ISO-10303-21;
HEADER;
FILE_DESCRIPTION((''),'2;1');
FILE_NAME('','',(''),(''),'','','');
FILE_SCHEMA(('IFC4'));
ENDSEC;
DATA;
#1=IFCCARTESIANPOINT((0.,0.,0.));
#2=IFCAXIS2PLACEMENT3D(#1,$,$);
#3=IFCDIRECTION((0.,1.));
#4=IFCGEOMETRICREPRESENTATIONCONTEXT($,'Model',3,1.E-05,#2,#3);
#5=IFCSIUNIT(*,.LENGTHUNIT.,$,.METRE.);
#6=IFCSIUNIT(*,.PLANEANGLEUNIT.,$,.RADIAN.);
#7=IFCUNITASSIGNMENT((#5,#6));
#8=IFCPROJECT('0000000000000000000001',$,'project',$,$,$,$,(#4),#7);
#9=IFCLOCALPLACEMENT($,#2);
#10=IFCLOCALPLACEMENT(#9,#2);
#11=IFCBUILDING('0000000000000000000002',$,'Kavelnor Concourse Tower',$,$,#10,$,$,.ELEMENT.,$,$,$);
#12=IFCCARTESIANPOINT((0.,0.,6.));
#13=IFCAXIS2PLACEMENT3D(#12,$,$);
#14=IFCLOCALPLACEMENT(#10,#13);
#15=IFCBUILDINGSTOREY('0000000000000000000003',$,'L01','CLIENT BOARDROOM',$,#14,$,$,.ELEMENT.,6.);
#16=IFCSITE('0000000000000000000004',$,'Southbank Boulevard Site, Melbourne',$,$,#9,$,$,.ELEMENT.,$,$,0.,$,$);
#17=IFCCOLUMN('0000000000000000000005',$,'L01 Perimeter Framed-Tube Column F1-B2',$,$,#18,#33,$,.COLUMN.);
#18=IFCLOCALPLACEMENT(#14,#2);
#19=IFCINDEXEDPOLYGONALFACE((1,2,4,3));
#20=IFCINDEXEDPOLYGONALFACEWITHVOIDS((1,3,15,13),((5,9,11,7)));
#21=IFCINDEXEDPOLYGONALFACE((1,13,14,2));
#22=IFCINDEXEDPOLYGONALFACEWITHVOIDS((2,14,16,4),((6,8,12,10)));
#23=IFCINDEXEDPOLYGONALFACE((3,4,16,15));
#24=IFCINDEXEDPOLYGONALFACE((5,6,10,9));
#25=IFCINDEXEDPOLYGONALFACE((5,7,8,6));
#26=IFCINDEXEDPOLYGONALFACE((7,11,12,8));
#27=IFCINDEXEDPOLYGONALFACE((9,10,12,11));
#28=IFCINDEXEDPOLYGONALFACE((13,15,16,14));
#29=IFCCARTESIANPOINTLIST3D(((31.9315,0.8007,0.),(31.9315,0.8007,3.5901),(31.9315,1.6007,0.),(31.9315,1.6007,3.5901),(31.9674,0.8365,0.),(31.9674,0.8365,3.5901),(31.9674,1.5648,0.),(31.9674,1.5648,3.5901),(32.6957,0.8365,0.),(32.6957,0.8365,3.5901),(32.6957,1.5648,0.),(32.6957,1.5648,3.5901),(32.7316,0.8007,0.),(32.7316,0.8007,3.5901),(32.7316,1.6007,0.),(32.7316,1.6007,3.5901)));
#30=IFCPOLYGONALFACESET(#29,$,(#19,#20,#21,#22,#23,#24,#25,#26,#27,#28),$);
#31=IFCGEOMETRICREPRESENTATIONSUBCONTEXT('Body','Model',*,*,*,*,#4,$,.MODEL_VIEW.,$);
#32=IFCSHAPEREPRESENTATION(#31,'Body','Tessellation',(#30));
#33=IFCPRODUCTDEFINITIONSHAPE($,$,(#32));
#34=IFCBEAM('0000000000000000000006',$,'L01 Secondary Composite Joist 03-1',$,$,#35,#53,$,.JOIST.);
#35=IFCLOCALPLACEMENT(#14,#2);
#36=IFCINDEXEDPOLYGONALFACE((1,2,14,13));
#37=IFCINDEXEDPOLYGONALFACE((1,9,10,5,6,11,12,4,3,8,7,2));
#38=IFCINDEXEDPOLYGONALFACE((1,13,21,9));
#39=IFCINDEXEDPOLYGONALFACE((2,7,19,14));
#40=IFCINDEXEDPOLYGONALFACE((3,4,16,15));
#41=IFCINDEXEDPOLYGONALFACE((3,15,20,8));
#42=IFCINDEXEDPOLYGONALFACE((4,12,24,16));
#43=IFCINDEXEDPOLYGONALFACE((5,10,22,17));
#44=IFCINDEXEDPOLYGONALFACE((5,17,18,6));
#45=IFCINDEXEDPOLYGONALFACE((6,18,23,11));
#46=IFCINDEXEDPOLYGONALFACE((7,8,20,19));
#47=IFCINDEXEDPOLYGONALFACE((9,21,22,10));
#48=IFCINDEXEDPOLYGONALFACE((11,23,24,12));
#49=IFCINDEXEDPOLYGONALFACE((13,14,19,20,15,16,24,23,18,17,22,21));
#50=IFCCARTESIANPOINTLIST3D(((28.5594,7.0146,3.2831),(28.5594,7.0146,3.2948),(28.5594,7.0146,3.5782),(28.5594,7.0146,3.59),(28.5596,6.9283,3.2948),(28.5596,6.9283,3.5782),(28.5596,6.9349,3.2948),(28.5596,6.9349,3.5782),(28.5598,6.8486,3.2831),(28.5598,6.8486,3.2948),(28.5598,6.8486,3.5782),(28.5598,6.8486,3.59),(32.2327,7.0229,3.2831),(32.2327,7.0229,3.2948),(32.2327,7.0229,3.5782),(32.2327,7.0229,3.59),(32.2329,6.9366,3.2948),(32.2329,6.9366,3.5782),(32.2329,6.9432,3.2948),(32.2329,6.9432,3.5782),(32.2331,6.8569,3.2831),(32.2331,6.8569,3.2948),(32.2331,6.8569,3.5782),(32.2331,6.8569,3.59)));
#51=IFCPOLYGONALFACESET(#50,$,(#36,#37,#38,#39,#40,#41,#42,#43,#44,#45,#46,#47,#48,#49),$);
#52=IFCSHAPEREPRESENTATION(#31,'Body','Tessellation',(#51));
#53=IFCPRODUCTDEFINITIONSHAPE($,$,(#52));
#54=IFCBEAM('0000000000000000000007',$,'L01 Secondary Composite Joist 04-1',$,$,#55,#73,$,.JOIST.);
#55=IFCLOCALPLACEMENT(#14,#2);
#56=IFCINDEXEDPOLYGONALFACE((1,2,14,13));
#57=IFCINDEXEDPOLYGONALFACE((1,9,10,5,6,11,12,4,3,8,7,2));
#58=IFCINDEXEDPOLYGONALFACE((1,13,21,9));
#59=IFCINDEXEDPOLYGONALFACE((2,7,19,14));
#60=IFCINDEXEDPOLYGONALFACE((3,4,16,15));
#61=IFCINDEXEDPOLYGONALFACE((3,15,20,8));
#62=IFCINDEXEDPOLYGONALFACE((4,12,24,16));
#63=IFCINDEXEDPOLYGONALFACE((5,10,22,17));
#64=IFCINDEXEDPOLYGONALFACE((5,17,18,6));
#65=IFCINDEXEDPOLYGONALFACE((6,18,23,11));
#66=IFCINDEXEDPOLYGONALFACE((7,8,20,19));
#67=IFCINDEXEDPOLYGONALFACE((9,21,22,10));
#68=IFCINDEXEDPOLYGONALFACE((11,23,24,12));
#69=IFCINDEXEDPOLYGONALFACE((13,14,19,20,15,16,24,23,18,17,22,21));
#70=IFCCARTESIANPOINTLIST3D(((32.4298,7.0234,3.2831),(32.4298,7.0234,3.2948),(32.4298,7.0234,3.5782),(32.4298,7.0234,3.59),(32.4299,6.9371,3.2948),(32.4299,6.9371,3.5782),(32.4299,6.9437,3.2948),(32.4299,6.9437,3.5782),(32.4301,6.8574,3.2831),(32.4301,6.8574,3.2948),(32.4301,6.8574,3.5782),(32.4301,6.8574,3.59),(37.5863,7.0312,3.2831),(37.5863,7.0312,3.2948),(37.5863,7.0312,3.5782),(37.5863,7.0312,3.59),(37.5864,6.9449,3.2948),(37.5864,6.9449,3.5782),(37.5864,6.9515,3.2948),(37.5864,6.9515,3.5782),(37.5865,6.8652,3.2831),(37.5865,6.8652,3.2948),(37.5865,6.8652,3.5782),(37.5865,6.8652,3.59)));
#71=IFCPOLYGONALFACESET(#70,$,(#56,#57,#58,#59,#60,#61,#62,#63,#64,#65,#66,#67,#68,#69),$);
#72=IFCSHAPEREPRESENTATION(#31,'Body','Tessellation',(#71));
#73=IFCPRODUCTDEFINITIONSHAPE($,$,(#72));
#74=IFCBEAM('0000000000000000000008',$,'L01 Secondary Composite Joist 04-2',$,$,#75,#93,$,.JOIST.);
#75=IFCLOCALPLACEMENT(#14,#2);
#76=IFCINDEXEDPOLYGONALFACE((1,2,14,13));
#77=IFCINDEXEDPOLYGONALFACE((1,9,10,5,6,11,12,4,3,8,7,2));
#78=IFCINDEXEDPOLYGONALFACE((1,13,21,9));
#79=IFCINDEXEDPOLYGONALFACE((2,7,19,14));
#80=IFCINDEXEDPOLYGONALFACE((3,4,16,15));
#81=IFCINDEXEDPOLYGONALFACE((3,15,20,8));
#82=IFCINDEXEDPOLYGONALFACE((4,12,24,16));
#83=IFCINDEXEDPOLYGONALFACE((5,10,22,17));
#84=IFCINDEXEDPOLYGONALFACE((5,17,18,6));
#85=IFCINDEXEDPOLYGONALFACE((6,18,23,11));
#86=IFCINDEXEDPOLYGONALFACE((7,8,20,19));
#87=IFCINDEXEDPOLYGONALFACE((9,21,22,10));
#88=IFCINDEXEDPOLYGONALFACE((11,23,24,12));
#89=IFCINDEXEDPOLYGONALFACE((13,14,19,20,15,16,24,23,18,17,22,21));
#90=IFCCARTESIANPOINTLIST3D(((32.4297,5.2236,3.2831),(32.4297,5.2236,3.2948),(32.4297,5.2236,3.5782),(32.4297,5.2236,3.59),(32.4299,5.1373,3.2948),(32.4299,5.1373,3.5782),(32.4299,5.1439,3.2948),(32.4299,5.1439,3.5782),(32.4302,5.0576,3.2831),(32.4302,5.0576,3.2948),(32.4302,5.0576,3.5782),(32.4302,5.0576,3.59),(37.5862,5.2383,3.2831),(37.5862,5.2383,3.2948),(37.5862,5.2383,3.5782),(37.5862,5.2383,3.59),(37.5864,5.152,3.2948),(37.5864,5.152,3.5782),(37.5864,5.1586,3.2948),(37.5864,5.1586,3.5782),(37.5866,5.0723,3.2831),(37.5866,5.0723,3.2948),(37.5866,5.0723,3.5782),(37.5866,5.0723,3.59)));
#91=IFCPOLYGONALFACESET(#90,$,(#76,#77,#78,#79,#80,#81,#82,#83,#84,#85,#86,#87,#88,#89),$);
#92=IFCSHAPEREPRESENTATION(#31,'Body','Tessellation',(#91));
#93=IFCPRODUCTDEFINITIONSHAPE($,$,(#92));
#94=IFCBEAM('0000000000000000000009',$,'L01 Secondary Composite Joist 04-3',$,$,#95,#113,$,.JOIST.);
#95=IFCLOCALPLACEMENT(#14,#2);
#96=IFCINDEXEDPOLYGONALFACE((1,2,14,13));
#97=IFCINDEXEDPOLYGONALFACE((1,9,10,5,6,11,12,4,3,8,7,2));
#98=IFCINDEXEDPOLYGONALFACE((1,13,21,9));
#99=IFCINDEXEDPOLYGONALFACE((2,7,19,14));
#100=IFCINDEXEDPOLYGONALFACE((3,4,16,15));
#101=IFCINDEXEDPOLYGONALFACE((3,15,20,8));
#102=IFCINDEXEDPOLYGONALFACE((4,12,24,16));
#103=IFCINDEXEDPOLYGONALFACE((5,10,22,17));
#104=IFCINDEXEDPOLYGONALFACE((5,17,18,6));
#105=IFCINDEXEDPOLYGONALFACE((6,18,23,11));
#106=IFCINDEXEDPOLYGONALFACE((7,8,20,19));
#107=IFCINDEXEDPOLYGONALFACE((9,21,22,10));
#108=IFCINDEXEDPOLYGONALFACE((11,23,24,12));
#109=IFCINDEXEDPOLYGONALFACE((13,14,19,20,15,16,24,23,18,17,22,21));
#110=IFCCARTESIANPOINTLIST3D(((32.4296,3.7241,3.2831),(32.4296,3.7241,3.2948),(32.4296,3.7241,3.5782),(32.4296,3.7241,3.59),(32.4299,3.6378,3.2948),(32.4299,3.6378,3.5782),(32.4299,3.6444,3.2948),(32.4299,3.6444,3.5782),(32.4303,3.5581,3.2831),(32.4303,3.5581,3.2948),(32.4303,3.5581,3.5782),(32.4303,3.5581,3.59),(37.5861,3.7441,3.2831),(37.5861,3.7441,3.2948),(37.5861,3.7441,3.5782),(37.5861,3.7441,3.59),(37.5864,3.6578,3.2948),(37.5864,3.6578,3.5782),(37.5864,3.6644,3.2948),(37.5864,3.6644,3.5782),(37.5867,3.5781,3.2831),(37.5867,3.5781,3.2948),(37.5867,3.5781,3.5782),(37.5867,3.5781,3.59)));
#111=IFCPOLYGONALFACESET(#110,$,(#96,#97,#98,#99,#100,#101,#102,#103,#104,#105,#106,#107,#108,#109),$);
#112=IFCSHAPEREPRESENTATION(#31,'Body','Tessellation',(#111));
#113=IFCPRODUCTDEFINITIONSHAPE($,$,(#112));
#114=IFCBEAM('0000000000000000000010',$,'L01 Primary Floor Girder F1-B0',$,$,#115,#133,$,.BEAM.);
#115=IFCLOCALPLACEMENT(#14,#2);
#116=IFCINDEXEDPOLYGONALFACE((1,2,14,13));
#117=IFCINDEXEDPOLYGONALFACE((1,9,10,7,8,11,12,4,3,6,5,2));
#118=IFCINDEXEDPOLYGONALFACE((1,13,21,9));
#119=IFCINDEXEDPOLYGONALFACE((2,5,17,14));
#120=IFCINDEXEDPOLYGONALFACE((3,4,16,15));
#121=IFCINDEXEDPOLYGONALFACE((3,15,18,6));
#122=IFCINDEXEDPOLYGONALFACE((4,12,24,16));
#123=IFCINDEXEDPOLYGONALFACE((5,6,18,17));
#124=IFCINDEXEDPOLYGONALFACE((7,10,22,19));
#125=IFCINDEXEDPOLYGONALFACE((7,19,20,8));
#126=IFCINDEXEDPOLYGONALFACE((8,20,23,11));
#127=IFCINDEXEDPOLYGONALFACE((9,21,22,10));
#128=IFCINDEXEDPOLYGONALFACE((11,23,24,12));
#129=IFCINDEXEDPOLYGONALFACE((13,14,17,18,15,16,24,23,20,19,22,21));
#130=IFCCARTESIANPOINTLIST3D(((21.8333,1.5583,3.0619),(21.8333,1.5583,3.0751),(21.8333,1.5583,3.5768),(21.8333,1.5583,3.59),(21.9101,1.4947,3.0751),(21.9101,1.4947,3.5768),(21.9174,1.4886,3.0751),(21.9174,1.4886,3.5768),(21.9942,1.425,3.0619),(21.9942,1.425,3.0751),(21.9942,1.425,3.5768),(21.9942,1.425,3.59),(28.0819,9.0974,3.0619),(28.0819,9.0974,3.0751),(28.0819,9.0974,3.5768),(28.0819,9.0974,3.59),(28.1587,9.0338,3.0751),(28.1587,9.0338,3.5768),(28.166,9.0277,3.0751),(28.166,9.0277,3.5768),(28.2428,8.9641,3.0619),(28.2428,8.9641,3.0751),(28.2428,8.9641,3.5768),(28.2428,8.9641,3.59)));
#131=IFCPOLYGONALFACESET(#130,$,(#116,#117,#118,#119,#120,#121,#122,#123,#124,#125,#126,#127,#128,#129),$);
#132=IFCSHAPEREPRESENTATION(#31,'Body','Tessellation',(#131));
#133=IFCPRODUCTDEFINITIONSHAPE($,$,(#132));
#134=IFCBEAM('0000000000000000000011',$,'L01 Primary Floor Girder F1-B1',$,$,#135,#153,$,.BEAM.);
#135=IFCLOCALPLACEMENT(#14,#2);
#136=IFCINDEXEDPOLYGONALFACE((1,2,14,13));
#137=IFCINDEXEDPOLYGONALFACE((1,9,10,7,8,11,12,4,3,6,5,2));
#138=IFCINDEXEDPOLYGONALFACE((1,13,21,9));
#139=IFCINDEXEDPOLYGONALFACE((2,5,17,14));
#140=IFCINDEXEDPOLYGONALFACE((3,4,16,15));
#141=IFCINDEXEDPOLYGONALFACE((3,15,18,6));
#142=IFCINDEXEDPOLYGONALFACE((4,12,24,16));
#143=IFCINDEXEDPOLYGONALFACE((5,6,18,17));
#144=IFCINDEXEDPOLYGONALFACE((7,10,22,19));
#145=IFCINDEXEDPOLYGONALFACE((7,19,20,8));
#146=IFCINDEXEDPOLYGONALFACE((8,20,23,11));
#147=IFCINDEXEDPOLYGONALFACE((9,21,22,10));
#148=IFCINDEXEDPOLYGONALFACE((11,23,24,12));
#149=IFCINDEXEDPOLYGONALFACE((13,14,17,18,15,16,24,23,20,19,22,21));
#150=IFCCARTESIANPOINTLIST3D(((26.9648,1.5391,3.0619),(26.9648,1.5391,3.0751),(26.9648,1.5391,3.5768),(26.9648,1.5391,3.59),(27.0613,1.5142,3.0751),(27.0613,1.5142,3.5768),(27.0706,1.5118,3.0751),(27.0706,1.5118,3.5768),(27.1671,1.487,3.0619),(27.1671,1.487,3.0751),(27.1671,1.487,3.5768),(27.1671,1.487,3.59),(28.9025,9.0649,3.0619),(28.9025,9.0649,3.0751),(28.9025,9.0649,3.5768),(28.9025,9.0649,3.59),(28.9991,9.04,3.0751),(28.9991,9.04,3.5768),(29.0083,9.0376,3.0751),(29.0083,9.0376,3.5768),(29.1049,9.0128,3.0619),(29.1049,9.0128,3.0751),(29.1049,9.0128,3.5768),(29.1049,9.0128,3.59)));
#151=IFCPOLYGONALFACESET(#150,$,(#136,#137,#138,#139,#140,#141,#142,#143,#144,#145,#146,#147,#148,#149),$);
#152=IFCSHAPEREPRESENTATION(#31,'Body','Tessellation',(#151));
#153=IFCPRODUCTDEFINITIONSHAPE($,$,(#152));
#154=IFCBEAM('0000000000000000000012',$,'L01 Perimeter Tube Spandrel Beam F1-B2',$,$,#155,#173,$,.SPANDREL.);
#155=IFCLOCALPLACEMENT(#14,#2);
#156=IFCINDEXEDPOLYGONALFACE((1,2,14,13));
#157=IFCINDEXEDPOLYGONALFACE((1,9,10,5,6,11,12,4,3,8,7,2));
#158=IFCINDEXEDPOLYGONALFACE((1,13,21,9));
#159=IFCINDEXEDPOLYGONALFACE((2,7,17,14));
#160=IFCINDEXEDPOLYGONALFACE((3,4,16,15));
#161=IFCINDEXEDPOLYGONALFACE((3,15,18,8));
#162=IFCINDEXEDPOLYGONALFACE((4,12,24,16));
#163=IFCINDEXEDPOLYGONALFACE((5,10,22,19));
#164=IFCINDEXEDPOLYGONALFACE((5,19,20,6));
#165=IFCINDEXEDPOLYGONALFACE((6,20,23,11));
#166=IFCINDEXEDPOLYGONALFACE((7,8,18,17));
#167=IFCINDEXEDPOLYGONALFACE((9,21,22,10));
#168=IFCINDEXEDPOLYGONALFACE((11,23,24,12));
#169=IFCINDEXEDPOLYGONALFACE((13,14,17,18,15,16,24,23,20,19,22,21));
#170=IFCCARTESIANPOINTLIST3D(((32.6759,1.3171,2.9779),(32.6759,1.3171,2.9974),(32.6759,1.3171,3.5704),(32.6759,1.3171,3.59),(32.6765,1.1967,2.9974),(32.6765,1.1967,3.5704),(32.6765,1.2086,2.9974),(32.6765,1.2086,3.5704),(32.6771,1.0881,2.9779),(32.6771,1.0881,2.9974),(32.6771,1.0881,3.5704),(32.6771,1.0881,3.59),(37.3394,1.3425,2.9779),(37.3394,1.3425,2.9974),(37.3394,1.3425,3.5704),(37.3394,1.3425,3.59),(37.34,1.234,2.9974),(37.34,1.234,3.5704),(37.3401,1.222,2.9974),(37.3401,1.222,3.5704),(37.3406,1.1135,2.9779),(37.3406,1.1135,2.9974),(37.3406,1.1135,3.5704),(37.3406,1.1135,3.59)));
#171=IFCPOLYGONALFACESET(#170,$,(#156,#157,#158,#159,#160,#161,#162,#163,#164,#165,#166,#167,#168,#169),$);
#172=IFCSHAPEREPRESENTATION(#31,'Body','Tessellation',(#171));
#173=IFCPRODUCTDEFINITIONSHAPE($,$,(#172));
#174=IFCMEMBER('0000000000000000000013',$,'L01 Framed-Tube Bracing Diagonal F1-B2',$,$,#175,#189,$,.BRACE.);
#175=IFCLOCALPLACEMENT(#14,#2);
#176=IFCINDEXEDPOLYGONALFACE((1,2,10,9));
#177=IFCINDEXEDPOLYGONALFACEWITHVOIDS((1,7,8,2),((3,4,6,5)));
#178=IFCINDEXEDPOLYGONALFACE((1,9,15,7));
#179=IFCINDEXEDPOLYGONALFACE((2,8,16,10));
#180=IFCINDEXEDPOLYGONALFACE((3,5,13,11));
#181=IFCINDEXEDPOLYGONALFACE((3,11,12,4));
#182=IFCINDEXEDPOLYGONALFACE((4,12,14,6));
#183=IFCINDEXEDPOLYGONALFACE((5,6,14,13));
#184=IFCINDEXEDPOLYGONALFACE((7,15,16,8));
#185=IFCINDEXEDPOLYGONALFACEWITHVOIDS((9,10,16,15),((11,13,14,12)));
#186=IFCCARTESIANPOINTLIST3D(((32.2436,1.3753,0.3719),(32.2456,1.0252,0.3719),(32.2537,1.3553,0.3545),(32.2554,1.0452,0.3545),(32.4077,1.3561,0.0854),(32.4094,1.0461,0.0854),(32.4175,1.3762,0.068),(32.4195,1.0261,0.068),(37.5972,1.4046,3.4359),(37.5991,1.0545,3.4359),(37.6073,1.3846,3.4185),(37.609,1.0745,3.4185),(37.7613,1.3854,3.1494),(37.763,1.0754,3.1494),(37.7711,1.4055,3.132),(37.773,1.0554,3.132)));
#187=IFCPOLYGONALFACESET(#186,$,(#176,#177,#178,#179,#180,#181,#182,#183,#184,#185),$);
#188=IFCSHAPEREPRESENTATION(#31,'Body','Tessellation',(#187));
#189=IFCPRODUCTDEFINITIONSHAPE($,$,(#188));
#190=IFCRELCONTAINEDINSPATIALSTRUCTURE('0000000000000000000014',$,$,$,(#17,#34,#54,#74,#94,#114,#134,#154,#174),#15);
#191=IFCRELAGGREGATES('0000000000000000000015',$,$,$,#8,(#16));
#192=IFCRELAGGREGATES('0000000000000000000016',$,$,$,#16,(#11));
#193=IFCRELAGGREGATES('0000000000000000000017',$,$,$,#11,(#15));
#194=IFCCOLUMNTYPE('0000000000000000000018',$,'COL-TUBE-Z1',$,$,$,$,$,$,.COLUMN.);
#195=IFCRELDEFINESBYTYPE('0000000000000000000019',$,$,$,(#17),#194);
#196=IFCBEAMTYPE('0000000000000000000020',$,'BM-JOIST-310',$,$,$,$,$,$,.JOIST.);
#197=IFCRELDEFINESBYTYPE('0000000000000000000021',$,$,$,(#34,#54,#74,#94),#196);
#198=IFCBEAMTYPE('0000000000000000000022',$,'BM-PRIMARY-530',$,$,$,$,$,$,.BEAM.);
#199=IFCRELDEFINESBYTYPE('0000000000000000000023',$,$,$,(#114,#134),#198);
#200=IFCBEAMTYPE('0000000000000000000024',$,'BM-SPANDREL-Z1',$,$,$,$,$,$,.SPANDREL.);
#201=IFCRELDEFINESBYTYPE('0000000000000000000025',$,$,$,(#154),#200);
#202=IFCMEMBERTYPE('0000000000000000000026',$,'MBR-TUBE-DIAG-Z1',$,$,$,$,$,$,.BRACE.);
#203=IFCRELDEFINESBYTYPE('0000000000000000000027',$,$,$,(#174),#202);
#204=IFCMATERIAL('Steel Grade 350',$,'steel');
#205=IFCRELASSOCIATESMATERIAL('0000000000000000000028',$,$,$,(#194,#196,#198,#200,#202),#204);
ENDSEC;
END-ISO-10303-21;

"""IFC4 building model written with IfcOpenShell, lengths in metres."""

from ifc_helpers import new_model, si_unit, direction, frame, origin, origin_2d, place, context, subcontext, project, spatial, hollow_rectangle, i_section, extrude, material, material_profile, profile_set, type_object, element, save


model = new_model("IFC4")

# Units and contexts
model_context = context("Model", 3, precision=1e-05, world=origin(), true_north=direction((0.0, 1.0)))
body_context = subcontext(model_context, "Body", "Model", "MODEL_VIEW")
ifc_project = project(units=[si_unit("LENGTHUNIT", "METRE"), si_unit("PLANEANGLEUNIT", "RADIAN")], contexts=[model_context])

# Site, building, storey
site_placement = place(None, origin())
site = spatial("IfcSite", under=ifc_project, at=site_placement, Name="Southbank Boulevard Site, Melbourne", CompositionType="ELEMENT", RefElevation=0.0)
building_placement = place(site_placement, origin())
building = spatial("IfcBuilding", under=site, at=building_placement, Name="Kavelnor Concourse Tower", CompositionType="ELEMENT")
storey_placement = place(building_placement, frame((0.0, 0.0, 6.0)))
storey = spatial("IfcBuildingStorey", under=building, at=storey_placement, Name="L01", Description="CLIENT BOARDROOM", CompositionType="ELEMENT", Elevation=6.0)

# Column
ifc_material = material(Name="Steel Grade 350", Category="steel")
ifc_material_profile_1 = material_profile(ifc_material, hollow_rectangle(XDim=0.8, YDim=0.8, WallThickness=0.0359, at=origin_2d()), Name="SHS 800x800x36")
ifc_profile_set_1 = profile_set([ifc_material_profile_1], Name="Steel Grade 350")
column_type = type_object("IfcColumnType", Name="COL-TUBE-Z1", PredefinedType="COLUMN", material=ifc_profile_set_1)
column_placement = place(storey_placement, frame((32.3315, 1.2007, 0.0), z_axis=(0.0, 0.0, 1.0), x_axis=(1.0, 0.0, 0.0)))
element("IfcColumn", 1, at=column_placement, inside=storey, type_object=column_type, Name="L01 Perimeter Framed-Tube Column F1-B2", PredefinedType="COLUMN", context=body_context, shape_type="SweptSolid", body=[
    extrude(hollow_rectangle(XDim=0.8, YDim=0.8, WallThickness=0.0359, at=origin_2d()), origin(), (0.0, 0.0, 1.0), 3.5901),
])

# Beams
ifc_material_profile_2 = material_profile(ifc_material, i_section(OverallWidth=0.166, OverallDepth=0.3069, WebThickness=0.0066, FlangeThickness=0.0117, at=origin_2d()), Name="310UB46")
ifc_profile_set_2 = profile_set([ifc_material_profile_2], Name="Steel Grade 350")
beam_type_1 = type_object("IfcBeamType", Name="BM-JOIST-310", PredefinedType="JOIST", material=ifc_profile_set_2)
beam_1_placement = place(storey_placement, frame((28.5596, 6.9316, 3.4365), z_axis=(0.999997, 0.00226, 0.0), x_axis=(-0.00226, 0.999997, 0.0)))
element("IfcBeam", 2, at=beam_1_placement, inside=storey, type_object=beam_type_1, Name="L01 Secondary Composite Joist 03-1", PredefinedType="JOIST", context=body_context, shape_type="SweptSolid", body=[
    extrude(i_section(OverallWidth=0.166, OverallDepth=0.3069, WebThickness=0.0066, FlangeThickness=0.0117, at=origin_2d()), origin(), (0.0, 0.0, 1.0), 3.6733),
])
for number, where, z_axis, x_axis, name in (
    (3, (32.4299, 6.9404, 3.4365), (0.999999, 0.001515, 0.0), (-0.001515, 0.999999, 0.0), "L01 Secondary Composite Joist 04-1"),
    (4, (32.4299, 5.1406, 3.4365), (0.999996, 0.002841, 0.0), (-0.002841, 0.999996, 0.0), "L01 Secondary Composite Joist 04-2"),
    (5, (32.4299, 3.6411, 3.4365), (0.999992, 0.003882, 0.0), (-0.003882, 0.999992, 0.0), "L01 Secondary Composite Joist 04-3"),
):
    element("IfcBeam", number, at=place(storey_placement, frame(where, z_axis=z_axis, x_axis=x_axis)), inside=storey, type_object=beam_type_1, Name=name, PredefinedType="JOIST", context=body_context, shape_type="SweptSolid", body=[
        extrude(i_section(OverallWidth=0.166, OverallDepth=0.3069, WebThickness=0.0066, FlangeThickness=0.0117, at=origin_2d()), origin(), (0.0, 0.0, 1.0), 5.1565),
    ])
ifc_material_profile_3 = material_profile(ifc_material, i_section(OverallWidth=0.209, OverallDepth=0.5281, WebThickness=0.0095, FlangeThickness=0.0132, at=origin_2d()), Name="530UB82")
ifc_profile_set_3 = profile_set([ifc_material_profile_3], Name="Steel Grade 350")
beam_type_2 = type_object("IfcBeamType", Name="BM-PRIMARY-530", PredefinedType="BEAM", material=ifc_profile_set_3)
beam_2_placement = place(storey_placement, frame((28.1624, 9.0308, 3.3259), z_axis=(-0.638132, -0.769927, 0.0), x_axis=(0.769927, -0.638132, 0.0)))
element("IfcBeam", 6, at=beam_2_placement, inside=storey, type_object=beam_type_2, Name="L01 Primary Floor Girder F1-B0", PredefinedType="BEAM", context=body_context, shape_type="SweptSolid", body=[
    extrude(i_section(OverallWidth=0.209, OverallDepth=0.5281, WebThickness=0.0095, FlangeThickness=0.0132, at=origin_2d()), origin(), (0.0, 0.0, 1.0), 9.792),
])
beam_3_placement = place(storey_placement, frame((29.0037, 9.0388, 3.3259), z_axis=(-0.249345, -0.968415, 0.0), x_axis=(0.968415, -0.249345, 0.0)))
element("IfcBeam", 7, at=beam_3_placement, inside=storey, type_object=beam_type_2, Name="L01 Primary Floor Girder F1-B1", PredefinedType="BEAM", context=body_context, shape_type="SweptSolid", body=[
    extrude(i_section(OverallWidth=0.209, OverallDepth=0.5281, WebThickness=0.0095, FlangeThickness=0.0132, at=origin_2d()), origin(), (0.0, 0.0, 1.0), 7.7712),
])
ifc_material_profile_4 = material_profile(ifc_material, i_section(OverallWidth=0.229, OverallDepth=0.6121, WebThickness=0.012, FlangeThickness=0.0195, at=origin_2d()), Name="610UB125")
ifc_profile_set_4 = profile_set([ifc_material_profile_4], Name="Steel Grade 350")
beam_type_3 = type_object("IfcBeamType", Name="BM-SPANDREL-Z1", PredefinedType="SPANDREL", material=ifc_profile_set_4)
beam_4_placement = place(storey_placement, frame((32.6765, 1.2026, 3.2839), z_axis=(0.999985, 0.005444, 0.0), x_axis=(-0.005444, 0.999985, 0.0)))
element("IfcBeam", 8, at=beam_4_placement, inside=storey, type_object=beam_type_3, Name="L01 Perimeter Tube Spandrel Beam F1-B2", PredefinedType="SPANDREL", context=body_context, shape_type="SweptSolid", body=[
    extrude(i_section(OverallWidth=0.229, OverallDepth=0.6121, WebThickness=0.012, FlangeThickness=0.0195, at=origin_2d()), origin(), (0.0, 0.0, 1.0), 4.6636),
])

# Member
ifc_material_profile_5 = material_profile(ifc_material, hollow_rectangle(XDim=0.3501, YDim=0.3501, WallThickness=0.02, at=origin_2d()), Name="SHS 350x350x20")
ifc_profile_set_5 = profile_set([ifc_material_profile_5], Name="Steel Grade 350")
member_type = type_object("IfcMemberType", Name="MBR-TUBE-DIAG-Z1", PredefinedType="BRACE", material=ifc_profile_set_5)
member_1_placement = place(storey_placement, frame((32.3315, 1.2007, 0.22), z_axis=(0.867897, 0.00475, 0.496721), x_axis=(-0.005472, 0.999985, 0.0)))
element("IfcMember", 9, at=member_1_placement, inside=storey, type_object=member_type, Name="L01 Framed-Tube Bracing Diagonal F1-B2", PredefinedType="BRACE", context=body_context, shape_type="SweptSolid", body=[
    extrude(hollow_rectangle(XDim=0.3501, YDim=0.3501, WallThickness=0.02, at=origin_2d()), origin(), (0.0, 0.0, 1.0), 6.1685),
])

save(model, "model.ifc")
